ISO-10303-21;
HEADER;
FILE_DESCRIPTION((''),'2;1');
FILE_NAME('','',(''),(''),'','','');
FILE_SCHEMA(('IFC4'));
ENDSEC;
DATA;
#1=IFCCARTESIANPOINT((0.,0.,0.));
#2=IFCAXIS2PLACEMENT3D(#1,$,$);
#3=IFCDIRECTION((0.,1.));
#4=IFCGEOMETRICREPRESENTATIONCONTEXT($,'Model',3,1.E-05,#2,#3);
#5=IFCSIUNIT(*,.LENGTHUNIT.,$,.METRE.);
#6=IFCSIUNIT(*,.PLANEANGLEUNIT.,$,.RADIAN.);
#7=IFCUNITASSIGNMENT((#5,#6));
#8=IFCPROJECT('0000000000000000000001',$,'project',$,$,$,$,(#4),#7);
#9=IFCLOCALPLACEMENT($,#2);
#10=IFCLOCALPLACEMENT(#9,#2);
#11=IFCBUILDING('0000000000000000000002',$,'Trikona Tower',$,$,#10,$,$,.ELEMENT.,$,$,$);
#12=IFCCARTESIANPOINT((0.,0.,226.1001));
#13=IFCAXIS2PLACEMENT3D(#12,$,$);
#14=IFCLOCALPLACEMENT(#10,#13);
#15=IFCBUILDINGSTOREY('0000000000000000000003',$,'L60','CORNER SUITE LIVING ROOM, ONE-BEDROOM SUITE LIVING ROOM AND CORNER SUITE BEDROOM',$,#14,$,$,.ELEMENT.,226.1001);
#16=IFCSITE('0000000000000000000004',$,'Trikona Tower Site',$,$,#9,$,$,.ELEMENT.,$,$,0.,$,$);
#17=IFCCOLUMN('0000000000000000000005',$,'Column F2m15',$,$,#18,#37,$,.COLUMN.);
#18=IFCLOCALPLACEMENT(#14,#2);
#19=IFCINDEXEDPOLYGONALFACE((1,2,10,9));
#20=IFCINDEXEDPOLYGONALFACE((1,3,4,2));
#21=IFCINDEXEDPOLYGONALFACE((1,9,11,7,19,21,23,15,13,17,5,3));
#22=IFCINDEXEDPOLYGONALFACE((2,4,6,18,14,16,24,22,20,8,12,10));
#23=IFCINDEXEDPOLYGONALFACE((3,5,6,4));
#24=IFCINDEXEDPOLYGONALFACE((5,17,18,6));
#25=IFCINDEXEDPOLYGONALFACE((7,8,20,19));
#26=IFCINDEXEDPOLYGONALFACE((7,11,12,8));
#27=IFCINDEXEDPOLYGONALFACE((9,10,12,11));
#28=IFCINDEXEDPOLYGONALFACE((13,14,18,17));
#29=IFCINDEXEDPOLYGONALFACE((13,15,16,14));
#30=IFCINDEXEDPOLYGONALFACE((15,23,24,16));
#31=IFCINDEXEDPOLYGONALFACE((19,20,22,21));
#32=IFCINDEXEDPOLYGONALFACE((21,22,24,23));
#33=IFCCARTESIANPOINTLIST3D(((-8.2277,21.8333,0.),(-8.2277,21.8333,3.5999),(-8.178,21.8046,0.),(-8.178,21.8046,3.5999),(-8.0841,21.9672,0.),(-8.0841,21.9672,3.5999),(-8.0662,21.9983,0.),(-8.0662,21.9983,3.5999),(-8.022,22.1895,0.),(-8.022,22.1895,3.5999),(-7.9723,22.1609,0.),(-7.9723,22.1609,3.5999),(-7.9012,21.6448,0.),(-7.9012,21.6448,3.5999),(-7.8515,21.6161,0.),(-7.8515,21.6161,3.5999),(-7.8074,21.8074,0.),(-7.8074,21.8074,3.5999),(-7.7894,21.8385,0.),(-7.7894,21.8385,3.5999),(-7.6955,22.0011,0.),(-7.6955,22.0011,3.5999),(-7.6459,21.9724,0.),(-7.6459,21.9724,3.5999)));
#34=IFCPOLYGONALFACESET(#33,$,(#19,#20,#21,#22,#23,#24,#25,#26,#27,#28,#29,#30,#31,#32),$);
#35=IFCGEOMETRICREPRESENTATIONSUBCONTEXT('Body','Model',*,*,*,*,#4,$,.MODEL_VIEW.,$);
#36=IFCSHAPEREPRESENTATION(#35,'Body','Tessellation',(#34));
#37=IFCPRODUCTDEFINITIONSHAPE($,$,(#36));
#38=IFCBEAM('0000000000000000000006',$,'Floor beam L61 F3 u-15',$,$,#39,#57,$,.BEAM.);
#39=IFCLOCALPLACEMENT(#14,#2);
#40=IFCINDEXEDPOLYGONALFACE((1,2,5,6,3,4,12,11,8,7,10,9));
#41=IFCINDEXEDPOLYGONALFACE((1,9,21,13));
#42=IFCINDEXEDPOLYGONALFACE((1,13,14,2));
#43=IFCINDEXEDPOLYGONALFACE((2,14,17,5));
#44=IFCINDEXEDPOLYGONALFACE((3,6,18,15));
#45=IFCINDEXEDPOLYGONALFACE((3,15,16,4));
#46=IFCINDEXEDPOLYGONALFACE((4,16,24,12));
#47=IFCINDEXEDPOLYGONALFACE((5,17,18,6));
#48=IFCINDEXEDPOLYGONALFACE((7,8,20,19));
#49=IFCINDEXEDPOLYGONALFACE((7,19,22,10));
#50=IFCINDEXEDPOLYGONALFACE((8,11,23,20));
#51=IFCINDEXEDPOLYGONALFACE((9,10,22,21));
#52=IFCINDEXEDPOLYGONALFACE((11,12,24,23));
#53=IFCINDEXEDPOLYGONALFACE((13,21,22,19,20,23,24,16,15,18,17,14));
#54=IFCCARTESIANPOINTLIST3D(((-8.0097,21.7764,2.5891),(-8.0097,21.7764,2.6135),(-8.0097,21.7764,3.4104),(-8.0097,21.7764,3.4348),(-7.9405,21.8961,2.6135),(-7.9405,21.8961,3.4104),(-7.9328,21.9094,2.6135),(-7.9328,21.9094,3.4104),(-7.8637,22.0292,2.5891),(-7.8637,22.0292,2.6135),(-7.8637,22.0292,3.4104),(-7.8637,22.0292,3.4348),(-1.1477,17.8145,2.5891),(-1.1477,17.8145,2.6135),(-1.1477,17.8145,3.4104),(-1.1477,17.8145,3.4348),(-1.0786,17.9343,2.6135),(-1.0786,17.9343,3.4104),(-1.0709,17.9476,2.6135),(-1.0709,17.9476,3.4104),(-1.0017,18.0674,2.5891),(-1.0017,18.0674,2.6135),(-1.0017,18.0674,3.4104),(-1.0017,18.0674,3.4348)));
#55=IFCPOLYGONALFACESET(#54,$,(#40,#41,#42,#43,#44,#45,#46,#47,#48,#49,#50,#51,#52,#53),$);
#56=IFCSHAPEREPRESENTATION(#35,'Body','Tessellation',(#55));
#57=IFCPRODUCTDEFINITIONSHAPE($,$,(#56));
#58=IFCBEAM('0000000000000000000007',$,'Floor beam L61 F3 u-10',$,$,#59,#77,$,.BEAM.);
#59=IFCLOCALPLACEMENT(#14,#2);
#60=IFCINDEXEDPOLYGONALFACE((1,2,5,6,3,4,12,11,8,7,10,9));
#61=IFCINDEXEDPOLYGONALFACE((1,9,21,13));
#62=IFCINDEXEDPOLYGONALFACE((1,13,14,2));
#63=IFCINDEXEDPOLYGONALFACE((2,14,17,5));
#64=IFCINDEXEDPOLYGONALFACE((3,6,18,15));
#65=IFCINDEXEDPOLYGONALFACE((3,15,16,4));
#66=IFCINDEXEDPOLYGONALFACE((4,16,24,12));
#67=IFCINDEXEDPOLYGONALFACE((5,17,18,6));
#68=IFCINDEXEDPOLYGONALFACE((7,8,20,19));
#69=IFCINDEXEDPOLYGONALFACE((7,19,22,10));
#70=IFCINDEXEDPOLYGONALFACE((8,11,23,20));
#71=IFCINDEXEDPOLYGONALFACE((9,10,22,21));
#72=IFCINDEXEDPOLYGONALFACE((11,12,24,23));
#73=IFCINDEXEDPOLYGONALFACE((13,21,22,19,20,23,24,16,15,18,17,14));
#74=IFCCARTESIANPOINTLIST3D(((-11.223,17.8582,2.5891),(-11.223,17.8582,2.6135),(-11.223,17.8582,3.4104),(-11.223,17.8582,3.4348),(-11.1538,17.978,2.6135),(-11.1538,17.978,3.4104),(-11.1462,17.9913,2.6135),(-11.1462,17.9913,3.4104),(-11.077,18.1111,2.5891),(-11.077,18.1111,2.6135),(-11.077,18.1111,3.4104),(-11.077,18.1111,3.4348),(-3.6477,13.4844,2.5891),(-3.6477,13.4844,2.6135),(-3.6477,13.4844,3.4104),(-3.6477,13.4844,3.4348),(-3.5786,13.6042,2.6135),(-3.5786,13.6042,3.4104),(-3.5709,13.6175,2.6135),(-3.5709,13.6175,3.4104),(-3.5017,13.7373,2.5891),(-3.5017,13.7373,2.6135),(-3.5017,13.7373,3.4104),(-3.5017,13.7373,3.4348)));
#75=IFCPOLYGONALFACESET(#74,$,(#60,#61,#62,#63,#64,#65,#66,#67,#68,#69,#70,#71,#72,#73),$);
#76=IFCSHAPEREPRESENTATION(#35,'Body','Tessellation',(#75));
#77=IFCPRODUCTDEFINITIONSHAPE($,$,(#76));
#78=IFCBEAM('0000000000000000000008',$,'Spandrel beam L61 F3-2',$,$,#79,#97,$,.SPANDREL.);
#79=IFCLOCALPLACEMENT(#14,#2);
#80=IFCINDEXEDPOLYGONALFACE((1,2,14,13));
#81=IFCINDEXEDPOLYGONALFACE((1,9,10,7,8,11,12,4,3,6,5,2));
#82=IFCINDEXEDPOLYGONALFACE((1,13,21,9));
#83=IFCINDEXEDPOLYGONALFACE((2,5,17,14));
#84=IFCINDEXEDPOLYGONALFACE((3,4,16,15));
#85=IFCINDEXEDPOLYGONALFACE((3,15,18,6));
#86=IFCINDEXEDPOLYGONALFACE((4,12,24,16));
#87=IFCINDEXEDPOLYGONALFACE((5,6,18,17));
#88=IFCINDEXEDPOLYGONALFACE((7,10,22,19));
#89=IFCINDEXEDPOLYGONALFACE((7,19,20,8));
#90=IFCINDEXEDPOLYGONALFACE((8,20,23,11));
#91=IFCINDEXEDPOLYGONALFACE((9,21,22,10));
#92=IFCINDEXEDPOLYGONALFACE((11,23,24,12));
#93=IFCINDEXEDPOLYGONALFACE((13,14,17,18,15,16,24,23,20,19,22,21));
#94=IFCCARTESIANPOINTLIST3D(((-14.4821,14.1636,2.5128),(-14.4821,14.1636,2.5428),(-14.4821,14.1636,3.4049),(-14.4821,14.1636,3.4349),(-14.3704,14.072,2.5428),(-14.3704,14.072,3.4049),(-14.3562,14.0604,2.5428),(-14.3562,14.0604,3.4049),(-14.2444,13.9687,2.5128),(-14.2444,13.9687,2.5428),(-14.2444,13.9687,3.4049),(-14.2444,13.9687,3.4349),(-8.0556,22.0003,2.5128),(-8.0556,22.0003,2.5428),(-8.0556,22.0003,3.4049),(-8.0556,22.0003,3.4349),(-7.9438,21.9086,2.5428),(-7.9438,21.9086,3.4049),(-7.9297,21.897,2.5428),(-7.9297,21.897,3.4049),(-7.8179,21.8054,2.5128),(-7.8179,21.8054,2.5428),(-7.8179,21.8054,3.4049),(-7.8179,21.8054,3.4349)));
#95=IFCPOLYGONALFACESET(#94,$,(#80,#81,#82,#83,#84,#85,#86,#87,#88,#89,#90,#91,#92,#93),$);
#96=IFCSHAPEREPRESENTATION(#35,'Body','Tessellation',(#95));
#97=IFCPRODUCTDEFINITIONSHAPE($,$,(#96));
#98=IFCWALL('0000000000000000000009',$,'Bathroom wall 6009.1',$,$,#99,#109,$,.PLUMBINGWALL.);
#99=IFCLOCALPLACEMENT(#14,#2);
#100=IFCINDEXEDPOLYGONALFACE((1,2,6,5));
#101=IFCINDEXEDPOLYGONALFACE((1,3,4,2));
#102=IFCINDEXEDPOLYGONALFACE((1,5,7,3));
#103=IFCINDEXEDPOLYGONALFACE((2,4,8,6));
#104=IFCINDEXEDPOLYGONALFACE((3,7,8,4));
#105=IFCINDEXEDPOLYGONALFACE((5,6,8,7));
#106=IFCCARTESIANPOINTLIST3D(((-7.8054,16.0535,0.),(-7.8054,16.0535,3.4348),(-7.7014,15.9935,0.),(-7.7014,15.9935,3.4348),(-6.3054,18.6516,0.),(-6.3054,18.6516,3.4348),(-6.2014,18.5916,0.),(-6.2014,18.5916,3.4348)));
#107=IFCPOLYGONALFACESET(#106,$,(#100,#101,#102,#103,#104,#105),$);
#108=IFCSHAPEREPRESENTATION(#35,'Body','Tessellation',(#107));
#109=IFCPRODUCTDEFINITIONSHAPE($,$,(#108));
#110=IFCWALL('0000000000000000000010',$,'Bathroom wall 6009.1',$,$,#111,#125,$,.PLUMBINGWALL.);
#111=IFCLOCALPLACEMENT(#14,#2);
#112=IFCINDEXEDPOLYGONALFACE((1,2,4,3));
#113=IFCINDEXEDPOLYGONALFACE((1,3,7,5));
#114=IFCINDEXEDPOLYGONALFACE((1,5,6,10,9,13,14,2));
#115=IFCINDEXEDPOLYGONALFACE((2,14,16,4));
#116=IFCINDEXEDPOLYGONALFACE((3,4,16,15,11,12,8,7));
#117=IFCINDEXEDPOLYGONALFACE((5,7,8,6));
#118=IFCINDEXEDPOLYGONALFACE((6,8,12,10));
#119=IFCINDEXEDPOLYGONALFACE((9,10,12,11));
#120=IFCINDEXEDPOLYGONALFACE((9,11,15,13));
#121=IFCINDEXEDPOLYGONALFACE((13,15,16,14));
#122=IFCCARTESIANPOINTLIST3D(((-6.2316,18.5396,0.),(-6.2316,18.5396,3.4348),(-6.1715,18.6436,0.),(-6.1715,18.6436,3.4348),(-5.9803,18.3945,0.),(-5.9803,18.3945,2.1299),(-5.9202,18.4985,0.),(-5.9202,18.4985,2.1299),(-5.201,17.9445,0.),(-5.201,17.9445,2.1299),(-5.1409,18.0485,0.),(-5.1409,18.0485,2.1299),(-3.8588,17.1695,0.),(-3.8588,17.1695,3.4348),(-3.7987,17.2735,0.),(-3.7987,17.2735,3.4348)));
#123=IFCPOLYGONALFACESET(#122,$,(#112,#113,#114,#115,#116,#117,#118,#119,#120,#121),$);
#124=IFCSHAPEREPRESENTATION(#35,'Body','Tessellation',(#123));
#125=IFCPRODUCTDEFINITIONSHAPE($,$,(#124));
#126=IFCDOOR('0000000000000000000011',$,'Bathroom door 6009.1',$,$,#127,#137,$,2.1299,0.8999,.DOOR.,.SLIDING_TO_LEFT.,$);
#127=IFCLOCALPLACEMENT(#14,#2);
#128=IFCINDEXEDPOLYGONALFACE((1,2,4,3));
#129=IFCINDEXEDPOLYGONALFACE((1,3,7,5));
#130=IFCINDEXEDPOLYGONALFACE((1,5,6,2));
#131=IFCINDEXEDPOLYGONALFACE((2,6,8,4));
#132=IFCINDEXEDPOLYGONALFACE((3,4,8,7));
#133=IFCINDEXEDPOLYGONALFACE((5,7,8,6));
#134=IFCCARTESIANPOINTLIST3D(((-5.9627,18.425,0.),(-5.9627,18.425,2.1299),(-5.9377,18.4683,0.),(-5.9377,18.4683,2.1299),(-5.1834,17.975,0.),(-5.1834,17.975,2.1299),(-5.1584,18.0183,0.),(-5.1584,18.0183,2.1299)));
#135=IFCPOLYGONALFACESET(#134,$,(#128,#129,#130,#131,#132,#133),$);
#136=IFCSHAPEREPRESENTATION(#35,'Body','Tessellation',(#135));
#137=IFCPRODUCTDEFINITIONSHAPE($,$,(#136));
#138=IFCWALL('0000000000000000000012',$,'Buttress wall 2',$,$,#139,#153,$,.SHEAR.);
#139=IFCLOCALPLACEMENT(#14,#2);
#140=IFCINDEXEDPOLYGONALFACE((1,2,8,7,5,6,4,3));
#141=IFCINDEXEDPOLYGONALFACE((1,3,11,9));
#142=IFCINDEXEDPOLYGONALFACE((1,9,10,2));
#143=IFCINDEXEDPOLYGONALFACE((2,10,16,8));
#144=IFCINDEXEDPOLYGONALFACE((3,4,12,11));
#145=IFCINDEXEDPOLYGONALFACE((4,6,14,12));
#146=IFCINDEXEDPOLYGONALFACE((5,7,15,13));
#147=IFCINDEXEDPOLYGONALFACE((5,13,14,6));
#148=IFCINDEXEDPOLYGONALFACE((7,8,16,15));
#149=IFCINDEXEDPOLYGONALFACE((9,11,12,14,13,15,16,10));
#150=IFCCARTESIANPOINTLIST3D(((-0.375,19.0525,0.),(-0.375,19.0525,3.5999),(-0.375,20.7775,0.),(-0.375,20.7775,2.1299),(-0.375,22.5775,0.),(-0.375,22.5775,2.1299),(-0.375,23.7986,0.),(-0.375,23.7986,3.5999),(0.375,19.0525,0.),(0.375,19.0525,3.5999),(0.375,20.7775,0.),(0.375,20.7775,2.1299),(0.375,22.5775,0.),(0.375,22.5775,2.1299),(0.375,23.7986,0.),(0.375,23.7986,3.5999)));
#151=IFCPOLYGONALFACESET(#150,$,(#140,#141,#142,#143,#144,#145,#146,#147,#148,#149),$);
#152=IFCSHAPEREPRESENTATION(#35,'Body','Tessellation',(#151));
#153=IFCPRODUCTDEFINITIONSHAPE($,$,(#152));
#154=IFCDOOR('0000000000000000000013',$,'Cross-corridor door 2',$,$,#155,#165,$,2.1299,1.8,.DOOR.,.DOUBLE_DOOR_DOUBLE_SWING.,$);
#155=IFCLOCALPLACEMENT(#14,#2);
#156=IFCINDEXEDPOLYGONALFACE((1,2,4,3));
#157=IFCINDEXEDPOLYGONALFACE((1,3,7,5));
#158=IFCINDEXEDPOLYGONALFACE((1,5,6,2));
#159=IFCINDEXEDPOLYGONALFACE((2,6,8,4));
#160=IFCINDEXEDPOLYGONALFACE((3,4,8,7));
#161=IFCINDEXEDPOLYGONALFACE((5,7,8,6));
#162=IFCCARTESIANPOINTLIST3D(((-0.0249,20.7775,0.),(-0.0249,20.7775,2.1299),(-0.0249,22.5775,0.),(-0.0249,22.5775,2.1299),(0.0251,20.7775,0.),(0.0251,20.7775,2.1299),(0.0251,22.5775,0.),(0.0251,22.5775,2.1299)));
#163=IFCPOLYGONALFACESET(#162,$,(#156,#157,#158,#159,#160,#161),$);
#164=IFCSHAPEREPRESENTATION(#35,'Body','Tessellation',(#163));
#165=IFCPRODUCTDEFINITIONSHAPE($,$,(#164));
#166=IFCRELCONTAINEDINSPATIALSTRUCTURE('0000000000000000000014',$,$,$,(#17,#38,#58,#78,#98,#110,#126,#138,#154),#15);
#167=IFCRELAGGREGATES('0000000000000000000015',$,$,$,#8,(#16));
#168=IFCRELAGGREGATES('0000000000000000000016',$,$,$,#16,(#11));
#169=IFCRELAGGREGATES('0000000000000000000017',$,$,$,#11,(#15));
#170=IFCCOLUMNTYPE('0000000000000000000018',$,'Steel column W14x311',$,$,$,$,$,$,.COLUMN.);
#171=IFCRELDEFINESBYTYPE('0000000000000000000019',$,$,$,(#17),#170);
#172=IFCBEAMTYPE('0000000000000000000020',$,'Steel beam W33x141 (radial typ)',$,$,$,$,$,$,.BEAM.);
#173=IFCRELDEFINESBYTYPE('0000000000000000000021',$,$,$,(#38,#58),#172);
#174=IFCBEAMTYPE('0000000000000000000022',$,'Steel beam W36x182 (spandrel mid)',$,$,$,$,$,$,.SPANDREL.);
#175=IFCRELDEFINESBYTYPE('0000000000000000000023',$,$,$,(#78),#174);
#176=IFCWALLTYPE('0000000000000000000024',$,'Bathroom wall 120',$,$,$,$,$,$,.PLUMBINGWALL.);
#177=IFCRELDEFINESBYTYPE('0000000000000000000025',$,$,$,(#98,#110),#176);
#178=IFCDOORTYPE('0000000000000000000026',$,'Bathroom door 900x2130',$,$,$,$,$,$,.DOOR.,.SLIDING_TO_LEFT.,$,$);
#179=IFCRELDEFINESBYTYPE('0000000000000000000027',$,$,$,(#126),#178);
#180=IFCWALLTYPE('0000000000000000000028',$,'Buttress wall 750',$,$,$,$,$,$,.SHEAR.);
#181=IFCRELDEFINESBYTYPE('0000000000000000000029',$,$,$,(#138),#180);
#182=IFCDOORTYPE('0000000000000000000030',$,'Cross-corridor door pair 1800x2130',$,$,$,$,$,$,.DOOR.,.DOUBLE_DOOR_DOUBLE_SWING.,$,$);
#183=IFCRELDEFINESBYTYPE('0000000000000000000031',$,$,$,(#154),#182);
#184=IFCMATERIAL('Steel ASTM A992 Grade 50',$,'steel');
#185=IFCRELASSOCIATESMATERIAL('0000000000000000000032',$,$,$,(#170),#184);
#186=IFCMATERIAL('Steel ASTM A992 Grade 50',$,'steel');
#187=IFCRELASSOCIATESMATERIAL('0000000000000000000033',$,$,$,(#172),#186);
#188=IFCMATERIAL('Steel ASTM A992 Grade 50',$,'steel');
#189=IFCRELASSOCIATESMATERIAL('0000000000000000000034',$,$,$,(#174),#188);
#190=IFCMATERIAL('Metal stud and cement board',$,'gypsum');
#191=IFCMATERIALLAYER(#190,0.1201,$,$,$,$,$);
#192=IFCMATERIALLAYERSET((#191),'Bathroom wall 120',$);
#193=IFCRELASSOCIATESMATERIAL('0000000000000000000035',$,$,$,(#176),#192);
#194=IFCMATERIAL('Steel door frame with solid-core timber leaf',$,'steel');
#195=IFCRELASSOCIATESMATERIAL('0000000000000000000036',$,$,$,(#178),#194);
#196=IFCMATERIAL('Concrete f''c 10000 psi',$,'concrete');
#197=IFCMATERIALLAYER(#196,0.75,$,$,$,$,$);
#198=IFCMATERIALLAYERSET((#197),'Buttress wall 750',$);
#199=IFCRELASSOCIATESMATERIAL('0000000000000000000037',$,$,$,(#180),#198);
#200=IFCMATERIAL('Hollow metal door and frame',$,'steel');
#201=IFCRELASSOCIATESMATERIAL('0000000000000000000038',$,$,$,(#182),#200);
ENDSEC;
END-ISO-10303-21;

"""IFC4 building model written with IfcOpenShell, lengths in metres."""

from ifc_helpers import new_model, si_unit, direction, frame, frame_2d, origin, origin_2d, place, context, subcontext, project, spatial, rectangle, i_section, extrude, material, layer, layer_set, material_profile, profile_set, type_object, element, fill, save


model = new_model("IFC4")

# Units and contexts
model_context = context("Model", 3, precision=1e-05, world=origin(), true_north=direction((0.0, 1.0)))
body_context = subcontext(model_context, "Body", "Model", "MODEL_VIEW")
ifc_project = project(units=[si_unit("LENGTHUNIT", "METRE"), si_unit("PLANEANGLEUNIT", "RADIAN")], contexts=[model_context])

# Site, building, storey
site_placement = place(None, origin())
site = spatial("IfcSite", under=ifc_project, at=site_placement, Name="Trikona Tower Site", CompositionType="ELEMENT", RefElevation=0.0)
building_placement = place(site_placement, origin())
building = spatial("IfcBuilding", under=site, at=building_placement, Name="Trikona Tower", CompositionType="ELEMENT")
storey_placement = place(building_placement, frame((0.0, 0.0, 226.1001)))
storey = spatial("IfcBuildingStorey", under=building, at=storey_placement, Name="L60", Description="CORNER SUITE LIVING ROOM, ONE-BEDROOM SUITE LIVING ROOM AND CORNER SUITE BEDROOM", CompositionType="ELEMENT", Elevation=226.1001)

# Column
ifc_material_1 = material(Name="Steel ASTM A992 Grade 50", Category="steel")
ifc_material_profile_1 = material_profile(ifc_material_1, i_section(OverallWidth=0.4114, OverallDepth=0.4343, WebThickness=0.0359, FlangeThickness=0.0574, at=origin_2d()), Name="W14X311")
ifc_profile_set_1 = profile_set([ifc_material_profile_1], Name="Steel ASTM A992 Grade 50")
column_type = type_object("IfcColumnType", Name="Steel column W14x311", PredefinedType="COLUMN", material=ifc_profile_set_1)
column_placement = place(storey_placement, frame((-7.9368, 21.9028, 0.0), z_axis=(0.0, 0.0, 1.0), x_axis=(-0.5, -0.866025, 0.0)))
element("IfcColumn", 1, at=column_placement, inside=storey, type_object=column_type, Name="Column F2m15", PredefinedType="COLUMN", context=body_context, shape_type="SweptSolid", body=[
    extrude(i_section(OverallWidth=0.4114, OverallDepth=0.4343, WebThickness=0.0359, FlangeThickness=0.0574, at=origin_2d()), origin(), (0.0, 0.0, 1.0), 3.5999),
])

# Beams
ifc_material_2 = material(Name="Steel ASTM A992 Grade 50", Category="steel")
ifc_material_profile_2 = material_profile(ifc_material_2, i_section(OverallWidth=0.292, OverallDepth=0.8457, WebThickness=0.0154, FlangeThickness=0.0244, at=origin_2d()), Name="W33X141")
ifc_profile_set_2 = profile_set([ifc_material_profile_2], Name="Steel ASTM A992 Grade 50")
beam_type_1 = type_object("IfcBeamType", Name="Steel beam W33x141 (radial typ)", PredefinedType="BEAM", material=ifc_profile_set_2)
beam_1_placement = place(storey_placement, frame((-1.0747, 17.9409, 3.012), z_axis=(-0.86602, 0.50001, 0.0), x_axis=(-0.50001, -0.86602, 0.0)))
element("IfcBeam", 2, at=beam_1_placement, inside=storey, type_object=beam_type_1, Name="Floor beam L61 F3 u-15", PredefinedType="BEAM", context=body_context, shape_type="SweptSolid", body=[
    extrude(i_section(OverallWidth=0.292, OverallDepth=0.8457, WebThickness=0.0154, FlangeThickness=0.0244, at=origin_2d()), origin(), (0.0, 0.0, 1.0), 7.9236),
])
beam_2_placement = place(storey_placement, frame((-3.5747, 13.6108, 3.012), z_axis=(-0.866014, 0.50002, 0.0), x_axis=(-0.50002, -0.866014, 0.0)))
element("IfcBeam", 3, at=beam_2_placement, inside=storey, type_object=beam_type_1, Name="Floor beam L61 F3 u-10", PredefinedType="BEAM", context=body_context, shape_type="SweptSolid", body=[
    extrude(i_section(OverallWidth=0.292, OverallDepth=0.8457, WebThickness=0.0154, FlangeThickness=0.0244, at=origin_2d()), origin(), (0.0, 0.0, 1.0), 8.7473),
])
ifc_material_3 = material(Name="Steel ASTM A992 Grade 50", Category="steel")
ifc_material_profile_3 = material_profile(ifc_material_3, i_section(OverallWidth=0.3074, OverallDepth=0.9221, WebThickness=0.0183, FlangeThickness=0.03, at=origin_2d()), Name="W36X182")
ifc_profile_set_3 = profile_set([ifc_material_profile_3], Name="Steel ASTM A992 Grade 50")
beam_type_2 = type_object("IfcBeamType", Name="Steel beam W36x182 (spandrel mid)", PredefinedType="SPANDREL", material=ifc_profile_set_3)
beam_3_placement = place(storey_placement, frame((-7.9368, 21.9028, 2.9739), z_axis=(-0.634106, -0.773246, 0.0), x_axis=(0.773246, -0.634106, 0.0)))
element("IfcBeam", 4, at=beam_3_placement, inside=storey, type_object=beam_type_2, Name="Spandrel beam L61 F3-2", PredefinedType="SPANDREL", context=body_context, shape_type="SweptSolid", body=[
    extrude(i_section(OverallWidth=0.3074, OverallDepth=0.9221, WebThickness=0.0183, FlangeThickness=0.03, at=origin_2d()), origin(), (0.0, 0.0, 1.0), 10.1348),
])

# Wall
ifc_material_4 = material(Name="Metal stud and cement board", Category="gypsum")
ifc_layer_1 = layer(ifc_material_4, 0.1201)
ifc_layer_set_1 = layer_set([ifc_layer_1], Name="Bathroom wall 120")
wall_type_1 = type_object("IfcWallType", Name="Bathroom wall 120", PredefinedType="PLUMBINGWALL", material=ifc_layer_set_1)
wall_1_placement = place(storey_placement, frame((-6.2534, 18.6216, 0.0), z_axis=(0.0, 0.0, 1.0), x_axis=(-0.49999, -0.866031, 0.0)))
element("IfcWall", 5, at=wall_1_placement, inside=storey, type_object=wall_type_1, Name="Bathroom wall 6009.1", PredefinedType="PLUMBINGWALL", context=body_context, shape_type="SweptSolid", body=[
    extrude(rectangle(XDim=3.0, YDim=0.1201, at=frame_2d((1.5, 0.0))), origin(), (0.0, 0.0, 1.0), 3.4348),
])

# Walls, openings, doors
wall_2_placement = place(storey_placement, frame((-3.8286, 17.2214, 0.0), z_axis=(0.0, 0.0, 1.0), x_axis=(-0.865997, 0.500049, 0.0)))
wall_2 = element("IfcWall", 6, at=wall_2_placement, inside=storey, type_object=wall_type_1, Name="Bathroom wall 6009.1", PredefinedType="PLUMBINGWALL", context=body_context, shape_type="SweptSolid", body=[
    extrude(rectangle(XDim=2.74, YDim=0.1201, at=frame_2d((1.3701, 0.0))), origin(), (0.0, 0.0, 1.0), 3.4348),
])
opening_1_placement = place(wall_2_placement, frame((1.55, 0.0, 0.0)))
opening_1 = element("IfcOpeningElement", 7, at=opening_1_placement, cuts=wall_2, PredefinedType="OPENING", context=body_context, shape_type="SweptSolid", body=[
    extrude(rectangle(XDim=0.8999, YDim=2.1299, at=frame_2d((0.45, 1.0649))), frame((0.0, 0.0701, 0.0), z_axis=(0.0, -1.0, 0.0), x_axis=(1.0, 0.0, 0.0)), (0.0, 0.0, 1.0), 0.1401),
])
ifc_material_5 = material(Name="Steel door frame with solid-core timber leaf", Category="steel")
door_type_1 = type_object("IfcDoorType", Name="Bathroom door 900x2130", OperationType="SLIDING_TO_LEFT", PredefinedType="DOOR", material=ifc_material_5)
door_1_placement = place(opening_1_placement, origin())
door_1 = element("IfcDoor", 8, at=door_1_placement, inside=storey, type_object=door_type_1, Name="Bathroom door 6009.1", OperationType="SLIDING_TO_LEFT", OverallHeight=2.1299, OverallWidth=0.8999, PredefinedType="DOOR", context=body_context, shape_type="SweptSolid", body=[
    extrude(rectangle(XDim=0.8999, YDim=2.1299, at=frame_2d((0.45, 1.0649))), frame((0.0, 0.0249, 0.0), z_axis=(0.0, -1.0, 0.0), x_axis=(1.0, 0.0, 0.0)), (0.0, 0.0, 1.0), 0.05),
])
fill(opening_1, door_1)
ifc_material_6 = material(Name="Concrete f'c 10000 psi", Category="concrete")
ifc_layer_2 = layer(ifc_material_6, 0.75)
ifc_layer_set_2 = layer_set([ifc_layer_2], Name="Buttress wall 750")
wall_type_2 = type_object("IfcWallType", Name="Buttress wall 750", PredefinedType="SHEAR", material=ifc_layer_set_2)
wall_3_placement = place(storey_placement, frame((0.0, 19.0525, 0.0), z_axis=(0.0, 0.0, 1.0), x_axis=(0.0, 1.0, 0.0)))
wall_3 = element("IfcWall", 9, at=wall_3_placement, inside=storey, type_object=wall_type_2, Name="Buttress wall 2", PredefinedType="SHEAR", context=body_context, shape_type="SweptSolid", body=[
    extrude(rectangle(XDim=4.7461, YDim=0.75, at=frame_2d((2.373, 0.0))), origin(), (0.0, 0.0, 1.0), 3.5999),
])
opening_2_placement = place(wall_3_placement, frame((1.7251, 0.0, 0.0)))
opening_2 = element("IfcOpeningElement", 10, at=opening_2_placement, cuts=wall_3, PredefinedType="OPENING", context=body_context, shape_type="SweptSolid", body=[
    extrude(rectangle(XDim=1.8, YDim=2.1299, at=frame_2d((0.8999, 1.0649))), frame((0.0, 0.385, 0.0), z_axis=(0.0, -1.0, 0.0), x_axis=(1.0, 0.0, 0.0)), (0.0, 0.0, 1.0), 0.77),
])
ifc_material_7 = material(Name="Hollow metal door and frame", Category="steel")
door_type_2 = type_object("IfcDoorType", Name="Cross-corridor door pair 1800x2130", OperationType="DOUBLE_DOOR_DOUBLE_SWING", PredefinedType="DOOR", material=ifc_material_7)
door_2_placement = place(opening_2_placement, origin())
door_2 = element("IfcDoor", 11, at=door_2_placement, inside=storey, type_object=door_type_2, Name="Cross-corridor door 2", OperationType="DOUBLE_DOOR_DOUBLE_SWING", OverallHeight=2.1299, OverallWidth=1.8, PredefinedType="DOOR", context=body_context, shape_type="SweptSolid", body=[
    extrude(rectangle(XDim=1.8, YDim=2.1299, at=frame_2d((0.8999, 1.0649))), frame((0.0, 0.0249, 0.0), z_axis=(0.0, -1.0, 0.0), x_axis=(1.0, 0.0, 0.0)), (0.0, 0.0, 1.0), 0.05),
])
fill(opening_2, door_2)

save(model, "model.ifc")
